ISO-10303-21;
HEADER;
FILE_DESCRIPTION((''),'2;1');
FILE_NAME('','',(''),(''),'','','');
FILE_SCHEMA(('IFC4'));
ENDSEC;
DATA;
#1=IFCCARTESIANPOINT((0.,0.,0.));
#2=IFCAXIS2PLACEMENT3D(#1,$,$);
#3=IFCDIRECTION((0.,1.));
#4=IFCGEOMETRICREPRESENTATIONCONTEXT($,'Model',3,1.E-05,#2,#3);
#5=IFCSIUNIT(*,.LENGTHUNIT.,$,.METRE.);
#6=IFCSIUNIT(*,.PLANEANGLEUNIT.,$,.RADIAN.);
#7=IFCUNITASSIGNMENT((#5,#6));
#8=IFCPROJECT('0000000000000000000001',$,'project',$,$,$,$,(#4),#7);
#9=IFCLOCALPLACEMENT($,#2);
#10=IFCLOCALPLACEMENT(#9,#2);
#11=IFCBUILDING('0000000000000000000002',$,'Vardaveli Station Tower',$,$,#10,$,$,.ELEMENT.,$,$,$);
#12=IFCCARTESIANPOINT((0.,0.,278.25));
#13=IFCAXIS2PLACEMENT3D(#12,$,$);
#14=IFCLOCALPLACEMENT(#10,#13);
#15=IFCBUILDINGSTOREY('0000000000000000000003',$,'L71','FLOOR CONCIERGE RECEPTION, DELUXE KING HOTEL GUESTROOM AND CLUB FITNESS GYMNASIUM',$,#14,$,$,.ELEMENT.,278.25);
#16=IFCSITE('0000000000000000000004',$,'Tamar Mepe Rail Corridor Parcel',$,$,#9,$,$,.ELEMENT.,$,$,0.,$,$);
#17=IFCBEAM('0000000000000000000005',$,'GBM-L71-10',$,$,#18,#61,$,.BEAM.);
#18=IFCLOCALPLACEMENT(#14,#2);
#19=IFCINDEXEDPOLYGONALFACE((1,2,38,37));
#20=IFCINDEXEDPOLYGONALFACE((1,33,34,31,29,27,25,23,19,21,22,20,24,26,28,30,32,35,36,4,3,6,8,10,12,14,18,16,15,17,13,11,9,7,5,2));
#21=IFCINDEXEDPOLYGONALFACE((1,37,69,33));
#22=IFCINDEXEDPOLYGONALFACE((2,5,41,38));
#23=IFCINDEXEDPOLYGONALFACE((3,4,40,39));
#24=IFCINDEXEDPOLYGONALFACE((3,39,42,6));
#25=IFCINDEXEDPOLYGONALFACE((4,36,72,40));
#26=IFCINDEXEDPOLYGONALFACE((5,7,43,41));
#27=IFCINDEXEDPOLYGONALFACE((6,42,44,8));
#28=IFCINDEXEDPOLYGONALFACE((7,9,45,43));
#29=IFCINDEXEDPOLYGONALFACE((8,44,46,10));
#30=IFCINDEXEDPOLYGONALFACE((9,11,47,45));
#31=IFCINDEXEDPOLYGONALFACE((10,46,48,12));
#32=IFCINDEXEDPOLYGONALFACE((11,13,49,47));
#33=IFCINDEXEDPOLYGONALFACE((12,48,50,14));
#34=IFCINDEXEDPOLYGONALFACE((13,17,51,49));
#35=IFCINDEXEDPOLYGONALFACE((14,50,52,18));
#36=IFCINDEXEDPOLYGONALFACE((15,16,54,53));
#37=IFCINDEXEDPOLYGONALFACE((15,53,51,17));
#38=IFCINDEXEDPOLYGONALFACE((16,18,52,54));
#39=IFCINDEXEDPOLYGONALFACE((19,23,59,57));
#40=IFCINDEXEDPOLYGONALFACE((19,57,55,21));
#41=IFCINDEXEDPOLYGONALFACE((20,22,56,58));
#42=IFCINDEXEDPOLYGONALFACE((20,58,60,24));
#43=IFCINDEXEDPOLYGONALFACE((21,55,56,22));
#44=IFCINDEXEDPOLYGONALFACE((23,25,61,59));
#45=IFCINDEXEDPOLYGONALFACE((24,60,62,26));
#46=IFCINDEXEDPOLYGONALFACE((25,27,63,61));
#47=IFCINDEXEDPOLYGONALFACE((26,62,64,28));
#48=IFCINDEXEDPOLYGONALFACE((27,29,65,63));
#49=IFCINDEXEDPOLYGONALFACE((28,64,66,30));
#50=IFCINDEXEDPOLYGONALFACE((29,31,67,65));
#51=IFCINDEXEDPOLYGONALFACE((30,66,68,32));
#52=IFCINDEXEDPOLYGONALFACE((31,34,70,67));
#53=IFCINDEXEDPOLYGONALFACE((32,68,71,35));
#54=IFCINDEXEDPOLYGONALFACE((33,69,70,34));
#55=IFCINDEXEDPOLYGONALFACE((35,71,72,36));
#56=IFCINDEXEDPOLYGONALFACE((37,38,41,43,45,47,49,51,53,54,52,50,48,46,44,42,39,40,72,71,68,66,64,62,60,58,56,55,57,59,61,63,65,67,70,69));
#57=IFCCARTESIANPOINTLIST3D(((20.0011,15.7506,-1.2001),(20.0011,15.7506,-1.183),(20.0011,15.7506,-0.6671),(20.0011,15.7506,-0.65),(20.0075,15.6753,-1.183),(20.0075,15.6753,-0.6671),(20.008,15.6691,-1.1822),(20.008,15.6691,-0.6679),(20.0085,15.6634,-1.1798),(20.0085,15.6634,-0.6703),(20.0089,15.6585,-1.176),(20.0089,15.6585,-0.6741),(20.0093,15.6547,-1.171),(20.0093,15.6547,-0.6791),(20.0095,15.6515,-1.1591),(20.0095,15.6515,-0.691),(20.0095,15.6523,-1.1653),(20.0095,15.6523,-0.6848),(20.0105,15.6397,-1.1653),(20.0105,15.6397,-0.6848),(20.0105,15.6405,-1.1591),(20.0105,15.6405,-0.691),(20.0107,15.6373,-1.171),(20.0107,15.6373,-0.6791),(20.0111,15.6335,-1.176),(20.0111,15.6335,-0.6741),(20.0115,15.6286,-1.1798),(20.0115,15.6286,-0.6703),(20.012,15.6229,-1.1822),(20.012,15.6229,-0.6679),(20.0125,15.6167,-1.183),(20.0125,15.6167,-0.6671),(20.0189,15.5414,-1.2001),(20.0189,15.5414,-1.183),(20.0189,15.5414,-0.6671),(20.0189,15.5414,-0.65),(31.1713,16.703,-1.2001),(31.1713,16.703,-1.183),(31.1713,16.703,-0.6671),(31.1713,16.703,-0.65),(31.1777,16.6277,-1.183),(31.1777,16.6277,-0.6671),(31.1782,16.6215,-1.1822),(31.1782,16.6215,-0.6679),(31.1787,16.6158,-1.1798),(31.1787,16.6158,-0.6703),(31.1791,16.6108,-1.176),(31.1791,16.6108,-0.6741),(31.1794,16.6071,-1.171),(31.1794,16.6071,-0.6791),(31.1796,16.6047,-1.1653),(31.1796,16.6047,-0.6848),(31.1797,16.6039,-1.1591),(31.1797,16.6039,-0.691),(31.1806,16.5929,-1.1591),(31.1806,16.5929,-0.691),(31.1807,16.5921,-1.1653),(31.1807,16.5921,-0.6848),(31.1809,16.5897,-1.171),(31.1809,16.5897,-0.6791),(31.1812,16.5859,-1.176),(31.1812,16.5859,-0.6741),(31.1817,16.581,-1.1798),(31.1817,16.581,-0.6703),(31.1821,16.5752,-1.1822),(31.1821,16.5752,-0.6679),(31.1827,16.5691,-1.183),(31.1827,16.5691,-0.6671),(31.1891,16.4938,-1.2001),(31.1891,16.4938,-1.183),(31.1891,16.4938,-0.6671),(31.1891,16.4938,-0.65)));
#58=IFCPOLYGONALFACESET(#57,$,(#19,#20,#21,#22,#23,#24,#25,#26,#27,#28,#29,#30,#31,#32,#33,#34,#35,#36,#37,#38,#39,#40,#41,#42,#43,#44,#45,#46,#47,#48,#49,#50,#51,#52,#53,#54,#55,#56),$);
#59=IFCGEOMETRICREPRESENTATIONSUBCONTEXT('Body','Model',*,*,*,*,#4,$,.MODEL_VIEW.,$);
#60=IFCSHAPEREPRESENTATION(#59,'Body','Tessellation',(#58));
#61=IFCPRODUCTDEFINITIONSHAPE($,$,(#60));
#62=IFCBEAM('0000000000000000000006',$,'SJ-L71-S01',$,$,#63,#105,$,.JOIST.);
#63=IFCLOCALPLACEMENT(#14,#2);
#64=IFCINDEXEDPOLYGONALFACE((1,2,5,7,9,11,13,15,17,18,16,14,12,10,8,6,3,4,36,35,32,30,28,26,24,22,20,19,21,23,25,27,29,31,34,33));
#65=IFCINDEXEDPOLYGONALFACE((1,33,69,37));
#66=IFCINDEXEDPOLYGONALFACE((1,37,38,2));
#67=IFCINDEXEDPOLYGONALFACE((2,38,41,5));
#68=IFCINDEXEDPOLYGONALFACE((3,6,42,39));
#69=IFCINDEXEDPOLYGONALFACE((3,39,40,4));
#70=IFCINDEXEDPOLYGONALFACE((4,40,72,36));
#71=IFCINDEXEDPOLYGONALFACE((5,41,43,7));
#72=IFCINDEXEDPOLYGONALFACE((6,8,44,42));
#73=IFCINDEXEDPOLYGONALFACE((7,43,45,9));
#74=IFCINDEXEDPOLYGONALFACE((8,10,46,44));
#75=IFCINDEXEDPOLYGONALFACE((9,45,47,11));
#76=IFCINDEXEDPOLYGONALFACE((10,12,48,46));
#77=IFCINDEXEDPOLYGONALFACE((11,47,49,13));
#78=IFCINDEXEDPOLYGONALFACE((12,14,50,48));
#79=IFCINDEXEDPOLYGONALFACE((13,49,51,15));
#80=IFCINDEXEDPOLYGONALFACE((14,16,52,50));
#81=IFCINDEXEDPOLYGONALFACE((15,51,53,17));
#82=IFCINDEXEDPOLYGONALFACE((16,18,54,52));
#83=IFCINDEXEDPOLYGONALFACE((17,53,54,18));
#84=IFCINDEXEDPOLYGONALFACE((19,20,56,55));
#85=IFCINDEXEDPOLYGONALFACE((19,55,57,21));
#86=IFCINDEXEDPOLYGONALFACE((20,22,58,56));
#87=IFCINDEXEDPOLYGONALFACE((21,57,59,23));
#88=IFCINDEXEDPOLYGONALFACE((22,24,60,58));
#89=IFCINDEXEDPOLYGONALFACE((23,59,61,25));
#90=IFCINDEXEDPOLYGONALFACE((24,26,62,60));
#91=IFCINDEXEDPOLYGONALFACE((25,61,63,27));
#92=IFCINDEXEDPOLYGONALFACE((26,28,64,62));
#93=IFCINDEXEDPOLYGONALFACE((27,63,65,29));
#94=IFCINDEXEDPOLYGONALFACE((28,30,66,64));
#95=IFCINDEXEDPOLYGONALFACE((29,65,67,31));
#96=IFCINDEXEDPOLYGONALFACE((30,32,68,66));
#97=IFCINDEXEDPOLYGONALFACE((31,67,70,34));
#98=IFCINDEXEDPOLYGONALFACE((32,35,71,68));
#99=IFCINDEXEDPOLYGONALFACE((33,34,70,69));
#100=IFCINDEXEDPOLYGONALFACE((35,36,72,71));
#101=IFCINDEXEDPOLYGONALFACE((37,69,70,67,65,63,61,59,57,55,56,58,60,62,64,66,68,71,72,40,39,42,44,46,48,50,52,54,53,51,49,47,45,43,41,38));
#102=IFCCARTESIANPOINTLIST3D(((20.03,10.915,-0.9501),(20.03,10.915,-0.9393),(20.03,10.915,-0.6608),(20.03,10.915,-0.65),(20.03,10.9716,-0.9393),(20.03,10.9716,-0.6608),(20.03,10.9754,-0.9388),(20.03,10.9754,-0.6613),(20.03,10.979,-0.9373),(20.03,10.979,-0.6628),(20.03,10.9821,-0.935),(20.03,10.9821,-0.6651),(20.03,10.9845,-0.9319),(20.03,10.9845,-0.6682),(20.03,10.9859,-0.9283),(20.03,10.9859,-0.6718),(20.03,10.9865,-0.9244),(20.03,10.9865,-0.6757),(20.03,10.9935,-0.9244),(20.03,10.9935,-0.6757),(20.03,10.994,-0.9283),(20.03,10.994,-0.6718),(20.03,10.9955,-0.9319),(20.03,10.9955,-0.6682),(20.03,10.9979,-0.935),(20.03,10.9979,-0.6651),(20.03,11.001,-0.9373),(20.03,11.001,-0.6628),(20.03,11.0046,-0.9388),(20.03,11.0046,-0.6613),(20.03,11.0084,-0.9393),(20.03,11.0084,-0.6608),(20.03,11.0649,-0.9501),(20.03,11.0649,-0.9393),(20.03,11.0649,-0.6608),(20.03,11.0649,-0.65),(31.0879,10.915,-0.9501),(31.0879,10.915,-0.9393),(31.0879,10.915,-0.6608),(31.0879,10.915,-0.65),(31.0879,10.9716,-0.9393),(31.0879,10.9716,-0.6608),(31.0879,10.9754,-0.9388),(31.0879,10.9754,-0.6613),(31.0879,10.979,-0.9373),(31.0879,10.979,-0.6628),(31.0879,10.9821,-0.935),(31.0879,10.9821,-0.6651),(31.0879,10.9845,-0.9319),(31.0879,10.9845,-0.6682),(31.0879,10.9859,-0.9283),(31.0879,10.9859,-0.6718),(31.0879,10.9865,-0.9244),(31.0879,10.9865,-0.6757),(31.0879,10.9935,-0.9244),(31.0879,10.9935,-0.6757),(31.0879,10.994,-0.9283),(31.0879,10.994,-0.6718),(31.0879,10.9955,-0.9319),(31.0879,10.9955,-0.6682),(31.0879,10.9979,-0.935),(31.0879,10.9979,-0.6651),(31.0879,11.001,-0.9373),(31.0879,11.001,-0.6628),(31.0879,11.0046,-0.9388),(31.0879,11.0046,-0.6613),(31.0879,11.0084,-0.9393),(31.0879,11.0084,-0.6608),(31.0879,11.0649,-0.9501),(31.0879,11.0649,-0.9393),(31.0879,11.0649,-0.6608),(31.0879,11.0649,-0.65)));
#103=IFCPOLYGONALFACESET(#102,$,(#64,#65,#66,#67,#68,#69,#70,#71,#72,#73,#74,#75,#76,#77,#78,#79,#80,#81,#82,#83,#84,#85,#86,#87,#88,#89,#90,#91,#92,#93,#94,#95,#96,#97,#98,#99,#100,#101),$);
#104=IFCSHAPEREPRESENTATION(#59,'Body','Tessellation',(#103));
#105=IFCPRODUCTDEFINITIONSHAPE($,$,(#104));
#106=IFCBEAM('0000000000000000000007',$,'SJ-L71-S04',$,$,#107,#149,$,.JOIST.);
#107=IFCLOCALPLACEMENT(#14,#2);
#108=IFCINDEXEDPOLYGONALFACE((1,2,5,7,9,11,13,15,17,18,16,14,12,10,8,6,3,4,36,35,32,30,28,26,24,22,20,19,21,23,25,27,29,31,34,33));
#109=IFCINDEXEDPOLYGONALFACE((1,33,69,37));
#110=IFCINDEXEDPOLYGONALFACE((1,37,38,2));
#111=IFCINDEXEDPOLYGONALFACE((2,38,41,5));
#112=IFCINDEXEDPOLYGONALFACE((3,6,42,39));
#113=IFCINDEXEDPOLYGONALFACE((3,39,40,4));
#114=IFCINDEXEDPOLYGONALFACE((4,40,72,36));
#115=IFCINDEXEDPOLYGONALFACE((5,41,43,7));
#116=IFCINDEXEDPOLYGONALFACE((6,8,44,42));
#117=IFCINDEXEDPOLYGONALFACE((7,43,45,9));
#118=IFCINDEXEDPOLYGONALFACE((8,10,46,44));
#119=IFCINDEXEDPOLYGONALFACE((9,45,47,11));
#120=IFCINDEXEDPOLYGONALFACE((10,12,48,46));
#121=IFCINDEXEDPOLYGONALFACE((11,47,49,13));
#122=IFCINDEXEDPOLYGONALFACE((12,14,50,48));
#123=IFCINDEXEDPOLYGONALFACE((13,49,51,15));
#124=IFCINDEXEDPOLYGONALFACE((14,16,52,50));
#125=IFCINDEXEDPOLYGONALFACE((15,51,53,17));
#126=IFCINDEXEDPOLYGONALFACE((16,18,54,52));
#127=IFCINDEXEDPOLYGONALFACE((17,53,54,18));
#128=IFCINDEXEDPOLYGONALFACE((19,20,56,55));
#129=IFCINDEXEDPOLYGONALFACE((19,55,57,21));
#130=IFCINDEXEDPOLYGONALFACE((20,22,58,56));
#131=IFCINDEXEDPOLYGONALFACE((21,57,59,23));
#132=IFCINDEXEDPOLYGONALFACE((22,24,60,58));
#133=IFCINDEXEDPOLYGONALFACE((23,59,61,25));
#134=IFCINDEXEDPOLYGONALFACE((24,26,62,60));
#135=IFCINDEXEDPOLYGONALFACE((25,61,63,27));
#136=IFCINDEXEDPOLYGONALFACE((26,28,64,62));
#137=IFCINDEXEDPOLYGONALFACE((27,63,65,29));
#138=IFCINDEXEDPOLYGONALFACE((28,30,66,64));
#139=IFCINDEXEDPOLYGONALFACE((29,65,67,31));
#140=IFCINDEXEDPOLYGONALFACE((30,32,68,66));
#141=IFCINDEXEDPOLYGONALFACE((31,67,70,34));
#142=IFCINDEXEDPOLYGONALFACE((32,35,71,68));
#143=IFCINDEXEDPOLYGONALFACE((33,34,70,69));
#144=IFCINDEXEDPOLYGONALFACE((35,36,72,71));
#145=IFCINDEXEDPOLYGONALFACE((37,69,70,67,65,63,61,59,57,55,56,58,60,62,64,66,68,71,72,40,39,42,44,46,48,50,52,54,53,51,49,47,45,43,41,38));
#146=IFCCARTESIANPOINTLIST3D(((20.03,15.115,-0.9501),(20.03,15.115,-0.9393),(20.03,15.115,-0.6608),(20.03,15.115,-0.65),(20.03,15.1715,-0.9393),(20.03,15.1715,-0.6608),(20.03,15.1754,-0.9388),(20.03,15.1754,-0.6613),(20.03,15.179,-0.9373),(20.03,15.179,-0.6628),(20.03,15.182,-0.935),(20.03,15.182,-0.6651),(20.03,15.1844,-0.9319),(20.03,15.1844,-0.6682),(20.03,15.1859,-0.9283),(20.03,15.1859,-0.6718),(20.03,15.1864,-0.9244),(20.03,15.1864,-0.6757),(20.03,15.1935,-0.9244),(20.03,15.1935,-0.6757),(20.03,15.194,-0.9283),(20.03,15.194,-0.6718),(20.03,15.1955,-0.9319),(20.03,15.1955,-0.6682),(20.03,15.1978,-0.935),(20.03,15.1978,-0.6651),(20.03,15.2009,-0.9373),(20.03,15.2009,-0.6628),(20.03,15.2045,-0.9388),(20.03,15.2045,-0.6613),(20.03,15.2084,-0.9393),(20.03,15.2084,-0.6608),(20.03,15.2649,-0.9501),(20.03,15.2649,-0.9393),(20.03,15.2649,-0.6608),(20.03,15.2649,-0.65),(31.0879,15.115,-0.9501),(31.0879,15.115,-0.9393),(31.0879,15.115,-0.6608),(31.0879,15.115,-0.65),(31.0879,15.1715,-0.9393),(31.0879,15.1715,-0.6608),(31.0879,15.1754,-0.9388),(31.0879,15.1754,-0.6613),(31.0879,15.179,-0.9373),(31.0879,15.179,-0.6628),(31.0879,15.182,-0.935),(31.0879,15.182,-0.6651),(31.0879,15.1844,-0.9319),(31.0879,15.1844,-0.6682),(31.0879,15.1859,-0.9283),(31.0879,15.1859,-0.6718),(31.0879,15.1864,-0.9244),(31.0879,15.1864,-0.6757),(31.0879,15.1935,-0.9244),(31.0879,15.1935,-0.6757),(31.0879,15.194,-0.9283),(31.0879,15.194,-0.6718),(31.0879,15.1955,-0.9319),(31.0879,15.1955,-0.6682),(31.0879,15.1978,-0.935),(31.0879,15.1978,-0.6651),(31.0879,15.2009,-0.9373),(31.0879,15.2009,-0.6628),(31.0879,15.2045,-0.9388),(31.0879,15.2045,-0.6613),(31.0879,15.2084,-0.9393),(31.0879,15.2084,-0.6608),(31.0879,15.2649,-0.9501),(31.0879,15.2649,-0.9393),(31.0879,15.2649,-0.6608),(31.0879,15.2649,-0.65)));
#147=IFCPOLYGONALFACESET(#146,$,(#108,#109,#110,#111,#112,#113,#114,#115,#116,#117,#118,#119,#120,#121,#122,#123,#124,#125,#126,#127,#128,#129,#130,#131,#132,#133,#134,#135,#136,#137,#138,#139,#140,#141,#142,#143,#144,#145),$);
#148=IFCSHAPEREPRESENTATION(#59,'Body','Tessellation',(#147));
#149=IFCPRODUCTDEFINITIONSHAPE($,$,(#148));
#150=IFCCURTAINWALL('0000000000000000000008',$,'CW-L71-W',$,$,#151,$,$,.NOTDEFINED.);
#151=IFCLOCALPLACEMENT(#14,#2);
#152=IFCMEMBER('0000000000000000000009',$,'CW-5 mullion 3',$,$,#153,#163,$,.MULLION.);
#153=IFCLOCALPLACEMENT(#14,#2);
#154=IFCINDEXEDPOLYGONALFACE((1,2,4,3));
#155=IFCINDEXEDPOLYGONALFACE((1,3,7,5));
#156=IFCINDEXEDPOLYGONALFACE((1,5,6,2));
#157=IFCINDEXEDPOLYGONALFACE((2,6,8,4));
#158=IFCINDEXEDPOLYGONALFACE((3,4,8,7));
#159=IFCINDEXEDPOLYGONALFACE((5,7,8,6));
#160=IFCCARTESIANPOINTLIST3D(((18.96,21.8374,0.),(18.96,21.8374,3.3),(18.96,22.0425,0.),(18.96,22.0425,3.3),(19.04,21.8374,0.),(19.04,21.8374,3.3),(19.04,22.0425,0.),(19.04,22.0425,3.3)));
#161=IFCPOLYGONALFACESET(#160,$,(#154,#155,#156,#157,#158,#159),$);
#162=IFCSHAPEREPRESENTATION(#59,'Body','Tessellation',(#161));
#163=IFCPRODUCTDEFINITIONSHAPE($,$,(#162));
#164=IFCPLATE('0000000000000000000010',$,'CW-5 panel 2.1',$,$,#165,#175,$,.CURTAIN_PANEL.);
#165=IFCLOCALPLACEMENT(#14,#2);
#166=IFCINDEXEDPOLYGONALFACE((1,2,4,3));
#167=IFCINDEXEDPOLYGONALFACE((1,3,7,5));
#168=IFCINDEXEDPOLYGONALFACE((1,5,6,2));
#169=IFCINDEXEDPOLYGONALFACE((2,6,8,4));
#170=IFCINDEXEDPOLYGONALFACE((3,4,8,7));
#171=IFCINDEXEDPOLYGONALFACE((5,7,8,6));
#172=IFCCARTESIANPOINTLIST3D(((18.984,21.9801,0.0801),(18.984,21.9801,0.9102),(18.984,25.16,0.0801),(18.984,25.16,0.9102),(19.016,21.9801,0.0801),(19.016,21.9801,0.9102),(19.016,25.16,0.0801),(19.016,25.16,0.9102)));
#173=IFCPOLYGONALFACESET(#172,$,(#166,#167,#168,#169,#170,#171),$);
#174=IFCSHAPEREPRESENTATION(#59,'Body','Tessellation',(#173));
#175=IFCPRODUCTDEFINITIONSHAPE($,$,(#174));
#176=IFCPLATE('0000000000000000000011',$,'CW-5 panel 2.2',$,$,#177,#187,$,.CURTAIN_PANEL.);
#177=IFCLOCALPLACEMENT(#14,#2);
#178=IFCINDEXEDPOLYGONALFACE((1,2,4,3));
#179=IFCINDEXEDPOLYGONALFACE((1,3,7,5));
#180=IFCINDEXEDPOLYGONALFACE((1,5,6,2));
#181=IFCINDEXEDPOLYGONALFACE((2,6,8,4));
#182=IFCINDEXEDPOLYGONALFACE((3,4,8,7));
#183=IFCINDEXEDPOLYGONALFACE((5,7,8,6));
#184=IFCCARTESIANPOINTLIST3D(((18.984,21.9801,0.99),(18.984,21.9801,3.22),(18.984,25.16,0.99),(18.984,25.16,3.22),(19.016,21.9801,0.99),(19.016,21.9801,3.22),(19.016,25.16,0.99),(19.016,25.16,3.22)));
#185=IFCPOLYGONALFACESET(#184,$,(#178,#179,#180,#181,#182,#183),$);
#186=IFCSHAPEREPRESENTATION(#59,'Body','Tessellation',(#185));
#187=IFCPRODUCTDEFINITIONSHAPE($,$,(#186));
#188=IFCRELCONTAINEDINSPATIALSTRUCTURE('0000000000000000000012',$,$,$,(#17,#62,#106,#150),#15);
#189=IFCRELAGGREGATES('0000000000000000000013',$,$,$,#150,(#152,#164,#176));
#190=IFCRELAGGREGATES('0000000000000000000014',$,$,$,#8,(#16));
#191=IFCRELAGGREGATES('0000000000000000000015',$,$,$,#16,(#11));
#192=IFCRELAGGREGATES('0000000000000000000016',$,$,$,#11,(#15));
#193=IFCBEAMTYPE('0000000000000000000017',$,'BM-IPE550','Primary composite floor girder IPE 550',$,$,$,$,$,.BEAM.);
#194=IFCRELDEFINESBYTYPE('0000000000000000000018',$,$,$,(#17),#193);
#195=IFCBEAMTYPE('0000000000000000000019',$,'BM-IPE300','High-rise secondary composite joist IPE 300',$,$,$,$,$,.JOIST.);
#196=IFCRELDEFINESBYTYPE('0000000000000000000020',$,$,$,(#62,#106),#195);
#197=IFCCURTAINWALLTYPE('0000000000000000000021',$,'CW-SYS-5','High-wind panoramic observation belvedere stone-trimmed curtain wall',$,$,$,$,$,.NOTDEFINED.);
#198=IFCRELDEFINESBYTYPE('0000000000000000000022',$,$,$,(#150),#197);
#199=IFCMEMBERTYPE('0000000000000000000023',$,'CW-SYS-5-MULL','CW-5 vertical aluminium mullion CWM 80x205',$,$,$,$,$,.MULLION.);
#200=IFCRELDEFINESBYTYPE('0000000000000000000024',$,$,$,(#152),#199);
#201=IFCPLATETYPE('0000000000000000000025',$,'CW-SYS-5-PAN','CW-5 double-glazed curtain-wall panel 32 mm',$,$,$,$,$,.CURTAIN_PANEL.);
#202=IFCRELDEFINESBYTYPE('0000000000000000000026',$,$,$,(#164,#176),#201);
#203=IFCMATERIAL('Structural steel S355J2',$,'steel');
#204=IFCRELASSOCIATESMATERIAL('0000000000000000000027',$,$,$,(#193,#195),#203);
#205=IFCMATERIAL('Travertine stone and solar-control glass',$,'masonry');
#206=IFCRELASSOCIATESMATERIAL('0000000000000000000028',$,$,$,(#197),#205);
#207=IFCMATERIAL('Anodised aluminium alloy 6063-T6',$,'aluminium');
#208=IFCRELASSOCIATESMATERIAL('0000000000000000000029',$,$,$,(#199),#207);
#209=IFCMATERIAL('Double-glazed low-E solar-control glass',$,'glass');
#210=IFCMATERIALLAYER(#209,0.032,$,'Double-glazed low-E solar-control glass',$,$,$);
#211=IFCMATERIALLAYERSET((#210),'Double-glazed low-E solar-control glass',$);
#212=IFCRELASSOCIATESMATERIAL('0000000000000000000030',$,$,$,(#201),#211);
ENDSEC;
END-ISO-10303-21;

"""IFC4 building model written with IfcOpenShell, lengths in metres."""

from ifc_helpers import new_model, si_unit, direction, frame, origin, origin_2d, place, context, subcontext, project, spatial, rectangle, i_section, extrude, source, transform, mapped, material, layer, layer_set, material_profile, profile_set, type_object, element, aggregate, save


model = new_model("IFC4")

# Units and contexts
model_context = context("Model", 3, precision=1e-05, world=origin(), true_north=direction((0.0, 1.0)))
body_context = subcontext(model_context, "Body", "Model", "MODEL_VIEW")
ifc_project = project(units=[si_unit("LENGTHUNIT", "METRE"), si_unit("PLANEANGLEUNIT", "RADIAN")], contexts=[model_context])

# Site, building, storey
site_placement = place(None, origin())
site = spatial("IfcSite", under=ifc_project, at=site_placement, Name="Tamar Mepe Rail Corridor Parcel", CompositionType="ELEMENT", RefElevation=0.0)
building_placement = place(site_placement, origin())
building = spatial("IfcBuilding", under=site, at=building_placement, Name="Vardaveli Station Tower", CompositionType="ELEMENT")
storey_placement = place(building_placement, frame((0.0, 0.0, 278.25)))
storey = spatial("IfcBuildingStorey", under=building, at=storey_placement, Name="L71", Description="FLOOR CONCIERGE RECEPTION, DELUXE KING HOTEL GUESTROOM AND CLUB FITNESS GYMNASIUM", CompositionType="ELEMENT", Elevation=278.25)

# Beams
ifc_material_1 = material(Name="Structural steel S355J2", Category="steel")
ifc_material_profile_1 = material_profile(ifc_material_1, i_section(OverallWidth=0.21, OverallDepth=0.55, WebThickness=0.011, FlangeThickness=0.0171, FilletRadius=0.0239, at=origin_2d()), Name="IPE 550")
ifc_profile_set_1 = profile_set([ifc_material_profile_1], Name="Structural steel S355J2")
beam_type_1 = type_object("IfcBeamType", Name="BM-IPE550", Description="Primary composite floor girder IPE 550", PredefinedType="BEAM", material=ifc_profile_set_1)
shared_shape_1 = source(origin(), body_context, "Body", "SweptSolid", [
    extrude(i_section(OverallWidth=0.21, OverallDepth=0.55, WebThickness=0.011, FlangeThickness=0.0171, FilletRadius=0.0239, at=origin_2d()), origin(), (0.0, 0.0, 1.0), 11.2107),
])
beam_1_placement = place(storey_placement, frame((20.01, 15.646, -0.925), z_axis=(0.996385, 0.084954, 0.0), x_axis=(-0.084954, 0.996385, 0.0)))
element("IfcBeam", 1, at=beam_1_placement, inside=storey, type_object=beam_type_1, Name="GBM-L71-10", PredefinedType="BEAM", context=body_context, shape_type="MappedRepresentation", body=[
    mapped(shared_shape_1, transform((0.0, 0.0, 0.0), scale=1.0)),
])
ifc_material_profile_2 = material_profile(ifc_material_1, i_section(OverallWidth=0.1499, OverallDepth=0.3, WebThickness=0.0071, FlangeThickness=0.0107, FilletRadius=0.0149, at=origin_2d()), Name="IPE 300")
ifc_profile_set_2 = profile_set([ifc_material_profile_2], Name="Structural steel S355J2")
beam_type_2 = type_object("IfcBeamType", Name="BM-IPE300", Description="High-rise secondary composite joist IPE 300", PredefinedType="JOIST", material=ifc_profile_set_2)
shared_shape_2 = source(origin(), body_context, "Body", "SweptSolid", [
    extrude(i_section(OverallWidth=0.1499, OverallDepth=0.3, WebThickness=0.0071, FlangeThickness=0.0107, FilletRadius=0.0149, at=origin_2d()), origin(), (0.0, 0.0, 1.0), 11.0579),
])
for number, where, z_axis, x_axis, name in (
    (2, (20.03, 10.99, -0.8), (1.0, 0.0, 0.0), (0.0, 1.0, 0.0), "SJ-L71-S01"),
    (3, (20.03, 15.1899, -0.8), (1.0, 0.0, 0.0), (0.0, 1.0, 0.0), "SJ-L71-S04"),
):
    element("IfcBeam", number, at=place(storey_placement, frame(where, z_axis=z_axis, x_axis=x_axis)), inside=storey, type_object=beam_type_2, Name=name, PredefinedType="JOIST", context=body_context, shape_type="MappedRepresentation", body=[
        mapped(shared_shape_2, transform((0.0, 0.0, 0.0), scale=1.0)),
    ])

# Curtain wall, member, plates
ifc_material_2 = material(Name="Travertine stone and solar-control glass", Category="masonry")
curtain_wall_type = type_object("IfcCurtainWallType", Name="CW-SYS-5", Description="High-wind panoramic observation belvedere stone-trimmed curtain wall", PredefinedType="NOTDEFINED", material=ifc_material_2)
curtain_wall_placement = place(storey_placement, origin())
curtain_wall = element("IfcCurtainWall", 4, at=curtain_wall_placement, inside=storey, type_object=curtain_wall_type, Name="CW-L71-W", PredefinedType="NOTDEFINED")
ifc_material_3 = material(Name="Anodised aluminium alloy 6063-T6", Category="aluminium")
ifc_material_profile_3 = material_profile(ifc_material_3, rectangle(XDim=0.0801, YDim=0.2051, at=origin_2d()), Name="CWM 80x205")
ifc_profile_set_3 = profile_set([ifc_material_profile_3], Name="Anodised aluminium alloy 6063-T6")
member_type = type_object("IfcMemberType", Name="CW-SYS-5-MULL", Description="CW-5 vertical aluminium mullion CWM 80x205", PredefinedType="MULLION", material=ifc_profile_set_3)
shared_shape_3 = source(origin(), body_context, "Body", "SweptSolid", [
    extrude(rectangle(XDim=0.0801, YDim=0.2051, at=origin_2d()), origin(), (0.0, 0.0, 1.0), 3.3),
])
member_placement = place(storey_placement, frame((19.0, 21.9399, 0.0), z_axis=(0.0, 0.0, 1.0), x_axis=(1.0, 0.0, 0.0)))
member = element("IfcMember", 5, at=member_placement, type_object=member_type, Name="CW-5 mullion 3", PredefinedType="MULLION", context=body_context, shape_type="MappedRepresentation", body=[
    mapped(shared_shape_3, transform((0.0, 0.0, 0.0), scale=1.0)),
])
ifc_material_4 = material(Name="Double-glazed low-E solar-control glass", Category="glass")
ifc_layer_1 = layer(ifc_material_4, 0.032, Name="Double-glazed low-E solar-control glass")
ifc_layer_set_1 = layer_set([ifc_layer_1], Name="Double-glazed low-E solar-control glass")
plate_type = type_object("IfcPlateType", Name="CW-SYS-5-PAN", Description="CW-5 double-glazed curtain-wall panel 32 mm", PredefinedType="CURTAIN_PANEL", material=ifc_layer_set_1)
shared_shape_4 = source(origin(), body_context, "Body", "SweptSolid", [
    extrude(rectangle(XDim=3.1799, YDim=0.032, at=origin_2d()), origin(), (0.0, 0.0, 1.0), 0.8301),
])
plate_1_placement = place(storey_placement, frame((19.0, 23.5701, 0.0801), z_axis=(0.0, 0.0, 1.0), x_axis=(0.0, -1.0, 0.0)))
plate_1 = element("IfcPlate", 6, at=plate_1_placement, type_object=plate_type, Name="CW-5 panel 2.1", PredefinedType="CURTAIN_PANEL", context=body_context, shape_type="MappedRepresentation", body=[
    mapped(shared_shape_4, transform((0.0, 0.0, 0.0), scale=1.0)),
])
shared_shape_5 = source(origin(), body_context, "Body", "SweptSolid", [
    extrude(rectangle(XDim=3.1799, YDim=0.032, at=origin_2d()), origin(), (0.0, 0.0, 1.0), 2.23),
])
plate_2_placement = place(storey_placement, frame((19.0, 23.5701, 0.99), z_axis=(0.0, 0.0, 1.0), x_axis=(0.0, -1.0, 0.0)))
plate_2 = element("IfcPlate", 7, at=plate_2_placement, type_object=plate_type, Name="CW-5 panel 2.2", PredefinedType="CURTAIN_PANEL", context=body_context, shape_type="MappedRepresentation", body=[
    mapped(shared_shape_5, transform((0.0, 0.0, 0.0), scale=1.0)),
])
aggregate(curtain_wall, [member, plate_1, plate_2])

save(model, "model.ifc")
